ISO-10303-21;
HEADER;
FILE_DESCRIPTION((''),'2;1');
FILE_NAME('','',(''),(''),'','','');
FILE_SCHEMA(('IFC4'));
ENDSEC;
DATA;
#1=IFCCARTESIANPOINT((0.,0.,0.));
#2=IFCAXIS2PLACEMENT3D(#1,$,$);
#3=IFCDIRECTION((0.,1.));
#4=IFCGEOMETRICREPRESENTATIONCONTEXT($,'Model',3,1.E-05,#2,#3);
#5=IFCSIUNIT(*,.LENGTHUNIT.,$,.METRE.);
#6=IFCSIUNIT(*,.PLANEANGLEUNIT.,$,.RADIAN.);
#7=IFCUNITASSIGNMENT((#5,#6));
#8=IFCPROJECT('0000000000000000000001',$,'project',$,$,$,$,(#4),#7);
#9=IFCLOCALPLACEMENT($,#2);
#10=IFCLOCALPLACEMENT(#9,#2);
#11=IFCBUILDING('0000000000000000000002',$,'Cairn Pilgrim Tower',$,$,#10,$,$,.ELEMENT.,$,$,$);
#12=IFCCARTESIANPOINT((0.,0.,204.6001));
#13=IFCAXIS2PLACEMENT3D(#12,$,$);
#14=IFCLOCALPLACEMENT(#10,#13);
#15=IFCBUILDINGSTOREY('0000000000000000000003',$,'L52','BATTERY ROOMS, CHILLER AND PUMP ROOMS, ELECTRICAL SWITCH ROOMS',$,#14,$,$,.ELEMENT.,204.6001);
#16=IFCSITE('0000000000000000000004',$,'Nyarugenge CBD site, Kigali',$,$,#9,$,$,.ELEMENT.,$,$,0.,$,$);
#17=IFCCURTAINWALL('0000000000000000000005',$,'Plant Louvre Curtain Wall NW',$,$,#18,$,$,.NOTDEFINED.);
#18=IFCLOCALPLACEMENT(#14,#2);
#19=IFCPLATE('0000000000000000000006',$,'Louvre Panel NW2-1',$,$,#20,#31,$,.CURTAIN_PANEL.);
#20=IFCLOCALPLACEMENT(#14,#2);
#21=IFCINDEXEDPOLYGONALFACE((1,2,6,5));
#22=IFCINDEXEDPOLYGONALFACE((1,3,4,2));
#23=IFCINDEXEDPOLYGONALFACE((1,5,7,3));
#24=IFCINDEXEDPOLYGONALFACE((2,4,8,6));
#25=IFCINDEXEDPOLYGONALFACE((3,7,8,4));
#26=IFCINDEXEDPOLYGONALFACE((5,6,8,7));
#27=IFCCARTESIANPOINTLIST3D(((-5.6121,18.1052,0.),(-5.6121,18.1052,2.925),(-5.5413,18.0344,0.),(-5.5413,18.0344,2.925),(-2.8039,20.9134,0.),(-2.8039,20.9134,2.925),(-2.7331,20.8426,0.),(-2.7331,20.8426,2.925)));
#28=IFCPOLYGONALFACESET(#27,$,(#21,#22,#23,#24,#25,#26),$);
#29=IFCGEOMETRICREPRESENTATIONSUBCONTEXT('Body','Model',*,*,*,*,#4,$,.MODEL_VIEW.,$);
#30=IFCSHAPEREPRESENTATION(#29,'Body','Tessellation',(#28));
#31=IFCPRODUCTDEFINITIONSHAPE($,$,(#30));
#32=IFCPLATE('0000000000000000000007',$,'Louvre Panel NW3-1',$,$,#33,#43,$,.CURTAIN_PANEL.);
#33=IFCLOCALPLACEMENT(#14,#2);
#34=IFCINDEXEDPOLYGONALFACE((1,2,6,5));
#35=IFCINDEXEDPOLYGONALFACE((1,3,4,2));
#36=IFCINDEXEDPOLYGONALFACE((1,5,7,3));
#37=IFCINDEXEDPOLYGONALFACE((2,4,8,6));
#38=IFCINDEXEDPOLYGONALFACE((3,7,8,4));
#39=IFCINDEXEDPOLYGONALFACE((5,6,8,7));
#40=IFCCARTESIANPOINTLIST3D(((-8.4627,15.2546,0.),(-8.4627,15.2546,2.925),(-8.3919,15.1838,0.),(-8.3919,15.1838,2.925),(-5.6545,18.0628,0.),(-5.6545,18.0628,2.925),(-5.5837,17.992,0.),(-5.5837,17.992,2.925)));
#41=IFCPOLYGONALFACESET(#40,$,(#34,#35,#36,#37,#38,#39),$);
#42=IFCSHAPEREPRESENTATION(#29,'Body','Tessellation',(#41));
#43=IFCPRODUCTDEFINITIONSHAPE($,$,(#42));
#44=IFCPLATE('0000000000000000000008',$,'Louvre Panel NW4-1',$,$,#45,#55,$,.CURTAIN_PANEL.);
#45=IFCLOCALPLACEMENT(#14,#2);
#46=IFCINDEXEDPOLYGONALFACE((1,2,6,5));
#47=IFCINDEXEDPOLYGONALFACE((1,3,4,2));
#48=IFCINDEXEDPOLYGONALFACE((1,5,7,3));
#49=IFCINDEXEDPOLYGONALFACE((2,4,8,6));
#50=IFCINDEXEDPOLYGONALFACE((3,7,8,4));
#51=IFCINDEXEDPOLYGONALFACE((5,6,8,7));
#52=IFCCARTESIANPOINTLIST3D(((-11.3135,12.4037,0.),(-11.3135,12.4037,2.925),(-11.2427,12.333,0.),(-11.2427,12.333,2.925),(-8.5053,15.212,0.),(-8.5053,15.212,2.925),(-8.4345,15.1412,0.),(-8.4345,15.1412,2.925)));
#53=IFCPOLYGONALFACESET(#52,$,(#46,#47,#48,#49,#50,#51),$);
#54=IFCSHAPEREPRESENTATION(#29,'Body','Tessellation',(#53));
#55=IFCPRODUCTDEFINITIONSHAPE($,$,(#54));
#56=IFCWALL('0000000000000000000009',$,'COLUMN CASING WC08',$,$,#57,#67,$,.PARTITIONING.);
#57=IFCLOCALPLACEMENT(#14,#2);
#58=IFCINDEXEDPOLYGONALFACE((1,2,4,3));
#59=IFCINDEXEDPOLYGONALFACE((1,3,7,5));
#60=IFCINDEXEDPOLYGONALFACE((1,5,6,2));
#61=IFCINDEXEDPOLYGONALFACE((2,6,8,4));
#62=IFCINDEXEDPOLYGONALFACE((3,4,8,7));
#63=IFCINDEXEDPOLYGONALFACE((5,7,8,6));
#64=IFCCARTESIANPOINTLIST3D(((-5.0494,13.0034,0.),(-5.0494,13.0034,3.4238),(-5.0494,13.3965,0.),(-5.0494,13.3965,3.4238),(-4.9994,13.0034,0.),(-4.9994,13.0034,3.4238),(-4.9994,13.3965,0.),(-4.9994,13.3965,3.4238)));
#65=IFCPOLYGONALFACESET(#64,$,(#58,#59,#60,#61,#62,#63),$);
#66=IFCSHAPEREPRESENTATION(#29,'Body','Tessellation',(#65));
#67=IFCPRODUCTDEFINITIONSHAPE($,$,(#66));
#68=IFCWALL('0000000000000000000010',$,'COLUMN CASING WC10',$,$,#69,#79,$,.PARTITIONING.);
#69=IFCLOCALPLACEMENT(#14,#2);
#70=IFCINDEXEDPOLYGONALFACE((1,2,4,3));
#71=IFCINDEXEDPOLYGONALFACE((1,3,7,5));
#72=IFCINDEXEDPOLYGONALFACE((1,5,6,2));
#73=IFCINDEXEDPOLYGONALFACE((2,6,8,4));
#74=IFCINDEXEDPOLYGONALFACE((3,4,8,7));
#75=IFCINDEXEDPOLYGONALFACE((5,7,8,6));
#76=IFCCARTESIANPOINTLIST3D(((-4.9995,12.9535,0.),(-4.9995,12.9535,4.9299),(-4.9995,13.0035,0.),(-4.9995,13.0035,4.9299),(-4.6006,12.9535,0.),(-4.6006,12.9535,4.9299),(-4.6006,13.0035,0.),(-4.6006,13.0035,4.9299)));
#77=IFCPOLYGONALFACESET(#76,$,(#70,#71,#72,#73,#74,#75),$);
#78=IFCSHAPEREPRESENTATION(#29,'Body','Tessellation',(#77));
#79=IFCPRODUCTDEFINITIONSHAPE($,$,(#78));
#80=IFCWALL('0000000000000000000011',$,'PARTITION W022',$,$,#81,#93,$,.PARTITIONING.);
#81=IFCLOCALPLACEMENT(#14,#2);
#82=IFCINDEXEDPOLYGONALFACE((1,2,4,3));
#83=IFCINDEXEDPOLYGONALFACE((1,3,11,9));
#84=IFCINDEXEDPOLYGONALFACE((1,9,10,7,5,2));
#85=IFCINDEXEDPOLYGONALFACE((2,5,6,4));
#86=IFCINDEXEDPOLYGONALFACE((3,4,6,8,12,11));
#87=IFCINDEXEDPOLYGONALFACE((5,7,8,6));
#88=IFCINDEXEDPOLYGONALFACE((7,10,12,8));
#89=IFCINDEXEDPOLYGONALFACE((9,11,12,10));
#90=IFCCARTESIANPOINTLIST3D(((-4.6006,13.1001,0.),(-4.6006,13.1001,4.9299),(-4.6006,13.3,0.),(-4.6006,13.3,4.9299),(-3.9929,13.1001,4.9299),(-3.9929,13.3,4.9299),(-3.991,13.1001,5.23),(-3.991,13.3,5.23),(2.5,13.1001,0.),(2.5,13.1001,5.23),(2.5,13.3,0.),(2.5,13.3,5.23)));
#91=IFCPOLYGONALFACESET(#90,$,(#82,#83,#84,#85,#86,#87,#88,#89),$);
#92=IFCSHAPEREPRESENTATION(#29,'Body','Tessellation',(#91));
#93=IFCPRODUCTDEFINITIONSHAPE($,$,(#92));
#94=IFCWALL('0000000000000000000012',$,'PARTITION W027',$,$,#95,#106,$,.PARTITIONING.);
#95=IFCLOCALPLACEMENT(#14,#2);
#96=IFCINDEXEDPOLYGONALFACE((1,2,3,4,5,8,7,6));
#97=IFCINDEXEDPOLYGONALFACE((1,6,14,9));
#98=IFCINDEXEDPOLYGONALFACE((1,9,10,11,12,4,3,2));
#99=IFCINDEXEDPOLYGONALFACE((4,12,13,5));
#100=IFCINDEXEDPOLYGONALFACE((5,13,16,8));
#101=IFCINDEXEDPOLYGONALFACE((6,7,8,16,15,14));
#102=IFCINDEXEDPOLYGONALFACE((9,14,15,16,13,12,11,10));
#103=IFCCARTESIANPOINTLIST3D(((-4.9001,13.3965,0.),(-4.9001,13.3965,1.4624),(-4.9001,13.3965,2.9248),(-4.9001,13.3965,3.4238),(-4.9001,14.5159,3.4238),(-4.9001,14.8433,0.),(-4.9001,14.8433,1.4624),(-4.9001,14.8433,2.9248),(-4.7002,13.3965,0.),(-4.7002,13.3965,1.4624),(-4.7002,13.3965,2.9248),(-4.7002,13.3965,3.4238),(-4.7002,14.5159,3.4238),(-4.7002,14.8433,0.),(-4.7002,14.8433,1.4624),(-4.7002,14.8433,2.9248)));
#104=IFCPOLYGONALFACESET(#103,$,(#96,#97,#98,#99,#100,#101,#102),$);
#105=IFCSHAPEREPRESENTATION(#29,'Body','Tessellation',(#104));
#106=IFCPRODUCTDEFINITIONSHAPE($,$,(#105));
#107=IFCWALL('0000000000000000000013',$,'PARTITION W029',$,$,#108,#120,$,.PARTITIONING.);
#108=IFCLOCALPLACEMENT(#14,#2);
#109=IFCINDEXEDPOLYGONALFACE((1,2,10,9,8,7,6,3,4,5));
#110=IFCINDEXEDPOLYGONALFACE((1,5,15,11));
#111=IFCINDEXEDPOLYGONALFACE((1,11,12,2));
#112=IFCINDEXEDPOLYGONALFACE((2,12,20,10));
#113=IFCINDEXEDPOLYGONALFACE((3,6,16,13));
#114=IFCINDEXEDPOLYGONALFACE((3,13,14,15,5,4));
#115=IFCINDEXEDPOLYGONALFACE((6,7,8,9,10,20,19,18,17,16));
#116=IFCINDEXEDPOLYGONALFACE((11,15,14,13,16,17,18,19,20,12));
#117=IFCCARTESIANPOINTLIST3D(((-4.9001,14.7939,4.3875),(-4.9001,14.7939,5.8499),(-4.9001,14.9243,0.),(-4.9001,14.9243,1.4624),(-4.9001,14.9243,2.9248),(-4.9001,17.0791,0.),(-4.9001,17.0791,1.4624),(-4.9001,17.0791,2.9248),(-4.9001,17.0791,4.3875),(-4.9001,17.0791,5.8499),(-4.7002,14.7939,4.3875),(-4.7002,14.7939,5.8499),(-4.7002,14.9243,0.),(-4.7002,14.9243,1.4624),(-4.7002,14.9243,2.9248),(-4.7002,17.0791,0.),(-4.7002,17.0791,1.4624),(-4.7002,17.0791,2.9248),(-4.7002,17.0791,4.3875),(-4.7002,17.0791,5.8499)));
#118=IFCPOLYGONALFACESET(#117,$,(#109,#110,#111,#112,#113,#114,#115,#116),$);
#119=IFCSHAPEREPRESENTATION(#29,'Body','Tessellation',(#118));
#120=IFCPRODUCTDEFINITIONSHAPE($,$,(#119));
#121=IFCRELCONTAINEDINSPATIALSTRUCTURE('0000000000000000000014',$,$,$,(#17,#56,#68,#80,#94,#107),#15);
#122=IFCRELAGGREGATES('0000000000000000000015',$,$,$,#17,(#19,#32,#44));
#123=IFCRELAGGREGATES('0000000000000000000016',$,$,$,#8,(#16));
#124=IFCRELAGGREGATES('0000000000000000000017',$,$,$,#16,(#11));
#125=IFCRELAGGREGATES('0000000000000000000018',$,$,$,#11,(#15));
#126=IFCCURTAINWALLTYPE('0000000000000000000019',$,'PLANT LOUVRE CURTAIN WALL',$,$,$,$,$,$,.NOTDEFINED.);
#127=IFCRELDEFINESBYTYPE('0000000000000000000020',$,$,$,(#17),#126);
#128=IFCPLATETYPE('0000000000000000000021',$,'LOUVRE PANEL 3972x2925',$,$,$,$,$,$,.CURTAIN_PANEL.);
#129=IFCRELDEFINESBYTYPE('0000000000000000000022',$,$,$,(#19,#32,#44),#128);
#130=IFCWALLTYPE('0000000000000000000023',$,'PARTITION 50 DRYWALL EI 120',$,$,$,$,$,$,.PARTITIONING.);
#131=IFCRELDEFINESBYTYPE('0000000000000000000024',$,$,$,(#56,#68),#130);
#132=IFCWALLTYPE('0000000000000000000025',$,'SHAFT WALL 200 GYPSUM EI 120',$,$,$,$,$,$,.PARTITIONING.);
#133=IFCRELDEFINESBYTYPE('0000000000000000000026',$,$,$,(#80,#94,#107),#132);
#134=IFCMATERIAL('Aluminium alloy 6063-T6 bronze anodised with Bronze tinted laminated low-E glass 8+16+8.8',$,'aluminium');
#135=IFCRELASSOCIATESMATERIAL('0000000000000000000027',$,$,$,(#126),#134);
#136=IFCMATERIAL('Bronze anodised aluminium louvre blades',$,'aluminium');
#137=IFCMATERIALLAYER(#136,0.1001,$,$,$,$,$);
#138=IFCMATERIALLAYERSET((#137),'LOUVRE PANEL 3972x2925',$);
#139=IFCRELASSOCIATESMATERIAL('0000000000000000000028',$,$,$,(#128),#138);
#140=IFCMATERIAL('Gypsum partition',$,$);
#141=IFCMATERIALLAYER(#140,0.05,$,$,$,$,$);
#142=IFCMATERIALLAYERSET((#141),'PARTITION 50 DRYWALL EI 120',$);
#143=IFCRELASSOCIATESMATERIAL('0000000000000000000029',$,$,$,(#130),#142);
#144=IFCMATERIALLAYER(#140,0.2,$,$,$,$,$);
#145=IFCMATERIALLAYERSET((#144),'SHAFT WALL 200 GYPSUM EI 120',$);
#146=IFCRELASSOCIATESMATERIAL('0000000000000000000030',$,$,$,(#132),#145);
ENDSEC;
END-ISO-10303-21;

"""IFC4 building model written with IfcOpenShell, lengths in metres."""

from ifc_helpers import new_model, si_unit, direction, frame, frame_2d, origin, origin_2d, place, context, subcontext, project, spatial, polyline, rectangle, outline, extrude, material, layer, layer_set, type_object, element, aggregate, save


model = new_model("IFC4")

# Units and contexts
model_context = context("Model", 3, precision=1e-05, world=origin(), true_north=direction((0.0, 1.0)))
body_context = subcontext(model_context, "Body", "Model", "MODEL_VIEW")
ifc_project = project(units=[si_unit("LENGTHUNIT", "METRE"), si_unit("PLANEANGLEUNIT", "RADIAN")], contexts=[model_context])

# Site, building, storey
site_placement = place(None, origin())
site = spatial("IfcSite", under=ifc_project, at=site_placement, Name="Nyarugenge CBD site, Kigali", CompositionType="ELEMENT", RefElevation=0.0)
building_placement = place(site_placement, origin())
building = spatial("IfcBuilding", under=site, at=building_placement, Name="Cairn Pilgrim Tower", CompositionType="ELEMENT")
storey_placement = place(building_placement, frame((0.0, 0.0, 204.6001)))
storey = spatial("IfcBuildingStorey", under=building, at=storey_placement, Name="L52", Description="BATTERY ROOMS, CHILLER AND PUMP ROOMS, ELECTRICAL SWITCH ROOMS", CompositionType="ELEMENT", Elevation=204.6001)

# Curtain wall
ifc_material_1 = material(Name="Aluminium alloy 6063-T6 bronze anodised with Bronze tinted laminated low-E glass 8+16+8.8", Category="aluminium")
curtain_wall_type = type_object("IfcCurtainWallType", Name="PLANT LOUVRE CURTAIN WALL", PredefinedType="NOTDEFINED", material=ifc_material_1)
curtain_wall_placement = place(storey_placement, origin())
curtain_wall = element("IfcCurtainWall", 1, at=curtain_wall_placement, inside=storey, type_object=curtain_wall_type, Name="Plant Louvre Curtain Wall NW", PredefinedType="NOTDEFINED")

# Plates
ifc_material_2 = material(Name="Bronze anodised aluminium louvre blades", Category="aluminium")
ifc_layer_1 = layer(ifc_material_2, 0.1001)
ifc_layer_set_1 = layer_set([ifc_layer_1], Name="LOUVRE PANEL 3972x2925")
plate_type_1 = type_object("IfcPlateType", Name="LOUVRE PANEL 3972x2925", PredefinedType="CURTAIN_PANEL", material=ifc_layer_set_1)
plate_1_placement = place(storey_placement, frame((-4.1726, 19.4739, 0.0), z_axis=(0.0, 0.0, 1.0), x_axis=(-0.707107, -0.707107, 0.0)))
plate_1 = element("IfcPlate", 2, at=plate_1_placement, type_object=plate_type_1, Name="Louvre Panel NW2-1", PredefinedType="CURTAIN_PANEL", context=body_context, shape_type="SweptSolid", body=[
    extrude(rectangle(XDim=3.9714, YDim=0.1001, at=origin_2d()), origin(), (0.0, 0.0, 1.0), 2.925),
])
plate_2_placement = place(storey_placement, frame((-7.0232, 16.6233, 0.0), z_axis=(0.0, 0.0, 1.0), x_axis=(-0.707107, -0.707107, 0.0)))
plate_2 = element("IfcPlate", 3, at=plate_2_placement, type_object=plate_type_1, Name="Louvre Panel NW3-1", PredefinedType="CURTAIN_PANEL", context=body_context, shape_type="SweptSolid", body=[
    extrude(rectangle(XDim=3.9714, YDim=0.1001, at=origin_2d()), origin(), (0.0, 0.0, 1.0), 2.925),
])
plate_3_placement = place(storey_placement, frame((-9.874, 13.7725, 0.0), z_axis=(0.0, 0.0, 1.0), x_axis=(-0.707107, -0.707107, 0.0)))
plate_3 = element("IfcPlate", 4, at=plate_3_placement, type_object=plate_type_1, Name="Louvre Panel NW4-1", PredefinedType="CURTAIN_PANEL", context=body_context, shape_type="SweptSolid", body=[
    extrude(rectangle(XDim=3.9714, YDim=0.1001, at=origin_2d()), origin(), (0.0, 0.0, 1.0), 2.925),
])
aggregate(curtain_wall, [plate_1, plate_2, plate_3])

# Walls
ifc_material_3 = material(Name="Gypsum partition")
ifc_layer_2 = layer(ifc_material_3, 0.05)
ifc_layer_set_2 = layer_set([ifc_layer_2], Name="PARTITION 50 DRYWALL EI 120")
wall_type_1 = type_object("IfcWallType", Name="PARTITION 50 DRYWALL EI 120", PredefinedType="PARTITIONING", material=ifc_layer_set_2)
wall_1_placement = place(storey_placement, frame((-5.0244, 13.0034, 0.0), z_axis=(0.0, 0.0, 1.0), x_axis=(0.0, 1.0, 0.0)))
element("IfcWall", 5, at=wall_1_placement, inside=storey, type_object=wall_type_1, Name="COLUMN CASING WC08", PredefinedType="PARTITIONING", context=body_context, shape_type="SweptSolid", body=[
    extrude(rectangle(XDim=0.3931, YDim=0.05, at=frame_2d((0.1965, 0.0))), origin(), (0.0, 0.0, 1.0), 3.4238),
])
wall_2_placement = place(storey_placement, frame((-4.9995, 12.9785, 0.0), z_axis=(0.0, 0.0, 1.0), x_axis=(1.0, 0.0, 0.0)))
element("IfcWall", 6, at=wall_2_placement, inside=storey, type_object=wall_type_1, Name="COLUMN CASING WC10", PredefinedType="PARTITIONING", context=body_context, shape_type="SweptSolid", body=[
    extrude(rectangle(XDim=0.3989, YDim=0.05, at=frame_2d((0.1995, 0.0))), origin(), (0.0, 0.0, 1.0), 4.9299),
])
ifc_layer_3 = layer(ifc_material_3, 0.2)
ifc_layer_set_3 = layer_set([ifc_layer_3], Name="SHAFT WALL 200 GYPSUM EI 120")
wall_type_2 = type_object("IfcWallType", Name="SHAFT WALL 200 GYPSUM EI 120", PredefinedType="PARTITIONING", material=ifc_layer_set_3)
wall_3_placement = place(storey_placement, frame((-4.6006, 13.2, 0.0), z_axis=(0.0, 0.0, 1.0), x_axis=(1.0, 0.0, 0.0)))
element("IfcWall", 7, at=wall_3_placement, inside=storey, type_object=wall_type_2, Name="PARTITION W022", PredefinedType="PARTITIONING", context=body_context, shape_type="SweptSolid", body=[
    extrude(outline(polyline([(0.0, 0.0), (7.1006, 0.0), (7.1006, 5.23), (0.6096, 5.23), (0.6077, 4.9299), (0.0, 4.9299), (0.0, 0.0)])), frame((0.0, 0.1001, 0.0), z_axis=(0.0, -1.0, 0.0), x_axis=(1.0, 0.0, 0.0)), (0.0, 0.0, 1.0), 0.2),
])
wall_4_placement = place(storey_placement, frame((-4.8, 13.3965, 0.0), z_axis=(0.0, 0.0, 1.0), x_axis=(0.0, 1.0, 0.0)))
element("IfcWall", 8, at=wall_4_placement, inside=storey, type_object=wall_type_2, Name="PARTITION W027", PredefinedType="PARTITIONING", context=body_context, shape_type="SweptSolid", body=[
    extrude(outline(polyline([(0.0, 0.0), (1.4468, 0.0), (1.4468, 1.4624), (1.4468, 2.9248), (1.1194, 3.4238), (0.0, 3.4238), (0.0, 2.9248), (0.0, 1.4624), (0.0, 0.0)])), frame((0.0, 0.1001, 0.0), z_axis=(0.0, -1.0, 0.0), x_axis=(1.0, 0.0, 0.0)), (0.0, 0.0, 1.0), 0.2),
])
wall_5_placement = place(storey_placement, frame((-4.8, 14.7939, 0.0), z_axis=(0.0, 0.0, 1.0), x_axis=(0.0, 1.0, 0.0)))
element("IfcWall", 9, at=wall_5_placement, inside=storey, type_object=wall_type_2, Name="PARTITION W029", PredefinedType="PARTITIONING", context=body_context, shape_type="SweptSolid", body=[
    extrude(outline(polyline([(0.1304, 0.0), (2.2852, 0.0), (2.2852, 1.4624), (2.2852, 2.9248), (2.2852, 4.3875), (2.2852, 5.8499), (0.0, 5.8499), (0.0, 4.3875), (0.1304, 2.9248), (0.1304, 1.4624), (0.1304, 0.0)])), frame((0.0, 0.1001, 0.0), z_axis=(0.0, -1.0, 0.0), x_axis=(1.0, 0.0, 0.0)), (0.0, 0.0, 1.0), 0.2),
])

save(model, "model.ifc")
